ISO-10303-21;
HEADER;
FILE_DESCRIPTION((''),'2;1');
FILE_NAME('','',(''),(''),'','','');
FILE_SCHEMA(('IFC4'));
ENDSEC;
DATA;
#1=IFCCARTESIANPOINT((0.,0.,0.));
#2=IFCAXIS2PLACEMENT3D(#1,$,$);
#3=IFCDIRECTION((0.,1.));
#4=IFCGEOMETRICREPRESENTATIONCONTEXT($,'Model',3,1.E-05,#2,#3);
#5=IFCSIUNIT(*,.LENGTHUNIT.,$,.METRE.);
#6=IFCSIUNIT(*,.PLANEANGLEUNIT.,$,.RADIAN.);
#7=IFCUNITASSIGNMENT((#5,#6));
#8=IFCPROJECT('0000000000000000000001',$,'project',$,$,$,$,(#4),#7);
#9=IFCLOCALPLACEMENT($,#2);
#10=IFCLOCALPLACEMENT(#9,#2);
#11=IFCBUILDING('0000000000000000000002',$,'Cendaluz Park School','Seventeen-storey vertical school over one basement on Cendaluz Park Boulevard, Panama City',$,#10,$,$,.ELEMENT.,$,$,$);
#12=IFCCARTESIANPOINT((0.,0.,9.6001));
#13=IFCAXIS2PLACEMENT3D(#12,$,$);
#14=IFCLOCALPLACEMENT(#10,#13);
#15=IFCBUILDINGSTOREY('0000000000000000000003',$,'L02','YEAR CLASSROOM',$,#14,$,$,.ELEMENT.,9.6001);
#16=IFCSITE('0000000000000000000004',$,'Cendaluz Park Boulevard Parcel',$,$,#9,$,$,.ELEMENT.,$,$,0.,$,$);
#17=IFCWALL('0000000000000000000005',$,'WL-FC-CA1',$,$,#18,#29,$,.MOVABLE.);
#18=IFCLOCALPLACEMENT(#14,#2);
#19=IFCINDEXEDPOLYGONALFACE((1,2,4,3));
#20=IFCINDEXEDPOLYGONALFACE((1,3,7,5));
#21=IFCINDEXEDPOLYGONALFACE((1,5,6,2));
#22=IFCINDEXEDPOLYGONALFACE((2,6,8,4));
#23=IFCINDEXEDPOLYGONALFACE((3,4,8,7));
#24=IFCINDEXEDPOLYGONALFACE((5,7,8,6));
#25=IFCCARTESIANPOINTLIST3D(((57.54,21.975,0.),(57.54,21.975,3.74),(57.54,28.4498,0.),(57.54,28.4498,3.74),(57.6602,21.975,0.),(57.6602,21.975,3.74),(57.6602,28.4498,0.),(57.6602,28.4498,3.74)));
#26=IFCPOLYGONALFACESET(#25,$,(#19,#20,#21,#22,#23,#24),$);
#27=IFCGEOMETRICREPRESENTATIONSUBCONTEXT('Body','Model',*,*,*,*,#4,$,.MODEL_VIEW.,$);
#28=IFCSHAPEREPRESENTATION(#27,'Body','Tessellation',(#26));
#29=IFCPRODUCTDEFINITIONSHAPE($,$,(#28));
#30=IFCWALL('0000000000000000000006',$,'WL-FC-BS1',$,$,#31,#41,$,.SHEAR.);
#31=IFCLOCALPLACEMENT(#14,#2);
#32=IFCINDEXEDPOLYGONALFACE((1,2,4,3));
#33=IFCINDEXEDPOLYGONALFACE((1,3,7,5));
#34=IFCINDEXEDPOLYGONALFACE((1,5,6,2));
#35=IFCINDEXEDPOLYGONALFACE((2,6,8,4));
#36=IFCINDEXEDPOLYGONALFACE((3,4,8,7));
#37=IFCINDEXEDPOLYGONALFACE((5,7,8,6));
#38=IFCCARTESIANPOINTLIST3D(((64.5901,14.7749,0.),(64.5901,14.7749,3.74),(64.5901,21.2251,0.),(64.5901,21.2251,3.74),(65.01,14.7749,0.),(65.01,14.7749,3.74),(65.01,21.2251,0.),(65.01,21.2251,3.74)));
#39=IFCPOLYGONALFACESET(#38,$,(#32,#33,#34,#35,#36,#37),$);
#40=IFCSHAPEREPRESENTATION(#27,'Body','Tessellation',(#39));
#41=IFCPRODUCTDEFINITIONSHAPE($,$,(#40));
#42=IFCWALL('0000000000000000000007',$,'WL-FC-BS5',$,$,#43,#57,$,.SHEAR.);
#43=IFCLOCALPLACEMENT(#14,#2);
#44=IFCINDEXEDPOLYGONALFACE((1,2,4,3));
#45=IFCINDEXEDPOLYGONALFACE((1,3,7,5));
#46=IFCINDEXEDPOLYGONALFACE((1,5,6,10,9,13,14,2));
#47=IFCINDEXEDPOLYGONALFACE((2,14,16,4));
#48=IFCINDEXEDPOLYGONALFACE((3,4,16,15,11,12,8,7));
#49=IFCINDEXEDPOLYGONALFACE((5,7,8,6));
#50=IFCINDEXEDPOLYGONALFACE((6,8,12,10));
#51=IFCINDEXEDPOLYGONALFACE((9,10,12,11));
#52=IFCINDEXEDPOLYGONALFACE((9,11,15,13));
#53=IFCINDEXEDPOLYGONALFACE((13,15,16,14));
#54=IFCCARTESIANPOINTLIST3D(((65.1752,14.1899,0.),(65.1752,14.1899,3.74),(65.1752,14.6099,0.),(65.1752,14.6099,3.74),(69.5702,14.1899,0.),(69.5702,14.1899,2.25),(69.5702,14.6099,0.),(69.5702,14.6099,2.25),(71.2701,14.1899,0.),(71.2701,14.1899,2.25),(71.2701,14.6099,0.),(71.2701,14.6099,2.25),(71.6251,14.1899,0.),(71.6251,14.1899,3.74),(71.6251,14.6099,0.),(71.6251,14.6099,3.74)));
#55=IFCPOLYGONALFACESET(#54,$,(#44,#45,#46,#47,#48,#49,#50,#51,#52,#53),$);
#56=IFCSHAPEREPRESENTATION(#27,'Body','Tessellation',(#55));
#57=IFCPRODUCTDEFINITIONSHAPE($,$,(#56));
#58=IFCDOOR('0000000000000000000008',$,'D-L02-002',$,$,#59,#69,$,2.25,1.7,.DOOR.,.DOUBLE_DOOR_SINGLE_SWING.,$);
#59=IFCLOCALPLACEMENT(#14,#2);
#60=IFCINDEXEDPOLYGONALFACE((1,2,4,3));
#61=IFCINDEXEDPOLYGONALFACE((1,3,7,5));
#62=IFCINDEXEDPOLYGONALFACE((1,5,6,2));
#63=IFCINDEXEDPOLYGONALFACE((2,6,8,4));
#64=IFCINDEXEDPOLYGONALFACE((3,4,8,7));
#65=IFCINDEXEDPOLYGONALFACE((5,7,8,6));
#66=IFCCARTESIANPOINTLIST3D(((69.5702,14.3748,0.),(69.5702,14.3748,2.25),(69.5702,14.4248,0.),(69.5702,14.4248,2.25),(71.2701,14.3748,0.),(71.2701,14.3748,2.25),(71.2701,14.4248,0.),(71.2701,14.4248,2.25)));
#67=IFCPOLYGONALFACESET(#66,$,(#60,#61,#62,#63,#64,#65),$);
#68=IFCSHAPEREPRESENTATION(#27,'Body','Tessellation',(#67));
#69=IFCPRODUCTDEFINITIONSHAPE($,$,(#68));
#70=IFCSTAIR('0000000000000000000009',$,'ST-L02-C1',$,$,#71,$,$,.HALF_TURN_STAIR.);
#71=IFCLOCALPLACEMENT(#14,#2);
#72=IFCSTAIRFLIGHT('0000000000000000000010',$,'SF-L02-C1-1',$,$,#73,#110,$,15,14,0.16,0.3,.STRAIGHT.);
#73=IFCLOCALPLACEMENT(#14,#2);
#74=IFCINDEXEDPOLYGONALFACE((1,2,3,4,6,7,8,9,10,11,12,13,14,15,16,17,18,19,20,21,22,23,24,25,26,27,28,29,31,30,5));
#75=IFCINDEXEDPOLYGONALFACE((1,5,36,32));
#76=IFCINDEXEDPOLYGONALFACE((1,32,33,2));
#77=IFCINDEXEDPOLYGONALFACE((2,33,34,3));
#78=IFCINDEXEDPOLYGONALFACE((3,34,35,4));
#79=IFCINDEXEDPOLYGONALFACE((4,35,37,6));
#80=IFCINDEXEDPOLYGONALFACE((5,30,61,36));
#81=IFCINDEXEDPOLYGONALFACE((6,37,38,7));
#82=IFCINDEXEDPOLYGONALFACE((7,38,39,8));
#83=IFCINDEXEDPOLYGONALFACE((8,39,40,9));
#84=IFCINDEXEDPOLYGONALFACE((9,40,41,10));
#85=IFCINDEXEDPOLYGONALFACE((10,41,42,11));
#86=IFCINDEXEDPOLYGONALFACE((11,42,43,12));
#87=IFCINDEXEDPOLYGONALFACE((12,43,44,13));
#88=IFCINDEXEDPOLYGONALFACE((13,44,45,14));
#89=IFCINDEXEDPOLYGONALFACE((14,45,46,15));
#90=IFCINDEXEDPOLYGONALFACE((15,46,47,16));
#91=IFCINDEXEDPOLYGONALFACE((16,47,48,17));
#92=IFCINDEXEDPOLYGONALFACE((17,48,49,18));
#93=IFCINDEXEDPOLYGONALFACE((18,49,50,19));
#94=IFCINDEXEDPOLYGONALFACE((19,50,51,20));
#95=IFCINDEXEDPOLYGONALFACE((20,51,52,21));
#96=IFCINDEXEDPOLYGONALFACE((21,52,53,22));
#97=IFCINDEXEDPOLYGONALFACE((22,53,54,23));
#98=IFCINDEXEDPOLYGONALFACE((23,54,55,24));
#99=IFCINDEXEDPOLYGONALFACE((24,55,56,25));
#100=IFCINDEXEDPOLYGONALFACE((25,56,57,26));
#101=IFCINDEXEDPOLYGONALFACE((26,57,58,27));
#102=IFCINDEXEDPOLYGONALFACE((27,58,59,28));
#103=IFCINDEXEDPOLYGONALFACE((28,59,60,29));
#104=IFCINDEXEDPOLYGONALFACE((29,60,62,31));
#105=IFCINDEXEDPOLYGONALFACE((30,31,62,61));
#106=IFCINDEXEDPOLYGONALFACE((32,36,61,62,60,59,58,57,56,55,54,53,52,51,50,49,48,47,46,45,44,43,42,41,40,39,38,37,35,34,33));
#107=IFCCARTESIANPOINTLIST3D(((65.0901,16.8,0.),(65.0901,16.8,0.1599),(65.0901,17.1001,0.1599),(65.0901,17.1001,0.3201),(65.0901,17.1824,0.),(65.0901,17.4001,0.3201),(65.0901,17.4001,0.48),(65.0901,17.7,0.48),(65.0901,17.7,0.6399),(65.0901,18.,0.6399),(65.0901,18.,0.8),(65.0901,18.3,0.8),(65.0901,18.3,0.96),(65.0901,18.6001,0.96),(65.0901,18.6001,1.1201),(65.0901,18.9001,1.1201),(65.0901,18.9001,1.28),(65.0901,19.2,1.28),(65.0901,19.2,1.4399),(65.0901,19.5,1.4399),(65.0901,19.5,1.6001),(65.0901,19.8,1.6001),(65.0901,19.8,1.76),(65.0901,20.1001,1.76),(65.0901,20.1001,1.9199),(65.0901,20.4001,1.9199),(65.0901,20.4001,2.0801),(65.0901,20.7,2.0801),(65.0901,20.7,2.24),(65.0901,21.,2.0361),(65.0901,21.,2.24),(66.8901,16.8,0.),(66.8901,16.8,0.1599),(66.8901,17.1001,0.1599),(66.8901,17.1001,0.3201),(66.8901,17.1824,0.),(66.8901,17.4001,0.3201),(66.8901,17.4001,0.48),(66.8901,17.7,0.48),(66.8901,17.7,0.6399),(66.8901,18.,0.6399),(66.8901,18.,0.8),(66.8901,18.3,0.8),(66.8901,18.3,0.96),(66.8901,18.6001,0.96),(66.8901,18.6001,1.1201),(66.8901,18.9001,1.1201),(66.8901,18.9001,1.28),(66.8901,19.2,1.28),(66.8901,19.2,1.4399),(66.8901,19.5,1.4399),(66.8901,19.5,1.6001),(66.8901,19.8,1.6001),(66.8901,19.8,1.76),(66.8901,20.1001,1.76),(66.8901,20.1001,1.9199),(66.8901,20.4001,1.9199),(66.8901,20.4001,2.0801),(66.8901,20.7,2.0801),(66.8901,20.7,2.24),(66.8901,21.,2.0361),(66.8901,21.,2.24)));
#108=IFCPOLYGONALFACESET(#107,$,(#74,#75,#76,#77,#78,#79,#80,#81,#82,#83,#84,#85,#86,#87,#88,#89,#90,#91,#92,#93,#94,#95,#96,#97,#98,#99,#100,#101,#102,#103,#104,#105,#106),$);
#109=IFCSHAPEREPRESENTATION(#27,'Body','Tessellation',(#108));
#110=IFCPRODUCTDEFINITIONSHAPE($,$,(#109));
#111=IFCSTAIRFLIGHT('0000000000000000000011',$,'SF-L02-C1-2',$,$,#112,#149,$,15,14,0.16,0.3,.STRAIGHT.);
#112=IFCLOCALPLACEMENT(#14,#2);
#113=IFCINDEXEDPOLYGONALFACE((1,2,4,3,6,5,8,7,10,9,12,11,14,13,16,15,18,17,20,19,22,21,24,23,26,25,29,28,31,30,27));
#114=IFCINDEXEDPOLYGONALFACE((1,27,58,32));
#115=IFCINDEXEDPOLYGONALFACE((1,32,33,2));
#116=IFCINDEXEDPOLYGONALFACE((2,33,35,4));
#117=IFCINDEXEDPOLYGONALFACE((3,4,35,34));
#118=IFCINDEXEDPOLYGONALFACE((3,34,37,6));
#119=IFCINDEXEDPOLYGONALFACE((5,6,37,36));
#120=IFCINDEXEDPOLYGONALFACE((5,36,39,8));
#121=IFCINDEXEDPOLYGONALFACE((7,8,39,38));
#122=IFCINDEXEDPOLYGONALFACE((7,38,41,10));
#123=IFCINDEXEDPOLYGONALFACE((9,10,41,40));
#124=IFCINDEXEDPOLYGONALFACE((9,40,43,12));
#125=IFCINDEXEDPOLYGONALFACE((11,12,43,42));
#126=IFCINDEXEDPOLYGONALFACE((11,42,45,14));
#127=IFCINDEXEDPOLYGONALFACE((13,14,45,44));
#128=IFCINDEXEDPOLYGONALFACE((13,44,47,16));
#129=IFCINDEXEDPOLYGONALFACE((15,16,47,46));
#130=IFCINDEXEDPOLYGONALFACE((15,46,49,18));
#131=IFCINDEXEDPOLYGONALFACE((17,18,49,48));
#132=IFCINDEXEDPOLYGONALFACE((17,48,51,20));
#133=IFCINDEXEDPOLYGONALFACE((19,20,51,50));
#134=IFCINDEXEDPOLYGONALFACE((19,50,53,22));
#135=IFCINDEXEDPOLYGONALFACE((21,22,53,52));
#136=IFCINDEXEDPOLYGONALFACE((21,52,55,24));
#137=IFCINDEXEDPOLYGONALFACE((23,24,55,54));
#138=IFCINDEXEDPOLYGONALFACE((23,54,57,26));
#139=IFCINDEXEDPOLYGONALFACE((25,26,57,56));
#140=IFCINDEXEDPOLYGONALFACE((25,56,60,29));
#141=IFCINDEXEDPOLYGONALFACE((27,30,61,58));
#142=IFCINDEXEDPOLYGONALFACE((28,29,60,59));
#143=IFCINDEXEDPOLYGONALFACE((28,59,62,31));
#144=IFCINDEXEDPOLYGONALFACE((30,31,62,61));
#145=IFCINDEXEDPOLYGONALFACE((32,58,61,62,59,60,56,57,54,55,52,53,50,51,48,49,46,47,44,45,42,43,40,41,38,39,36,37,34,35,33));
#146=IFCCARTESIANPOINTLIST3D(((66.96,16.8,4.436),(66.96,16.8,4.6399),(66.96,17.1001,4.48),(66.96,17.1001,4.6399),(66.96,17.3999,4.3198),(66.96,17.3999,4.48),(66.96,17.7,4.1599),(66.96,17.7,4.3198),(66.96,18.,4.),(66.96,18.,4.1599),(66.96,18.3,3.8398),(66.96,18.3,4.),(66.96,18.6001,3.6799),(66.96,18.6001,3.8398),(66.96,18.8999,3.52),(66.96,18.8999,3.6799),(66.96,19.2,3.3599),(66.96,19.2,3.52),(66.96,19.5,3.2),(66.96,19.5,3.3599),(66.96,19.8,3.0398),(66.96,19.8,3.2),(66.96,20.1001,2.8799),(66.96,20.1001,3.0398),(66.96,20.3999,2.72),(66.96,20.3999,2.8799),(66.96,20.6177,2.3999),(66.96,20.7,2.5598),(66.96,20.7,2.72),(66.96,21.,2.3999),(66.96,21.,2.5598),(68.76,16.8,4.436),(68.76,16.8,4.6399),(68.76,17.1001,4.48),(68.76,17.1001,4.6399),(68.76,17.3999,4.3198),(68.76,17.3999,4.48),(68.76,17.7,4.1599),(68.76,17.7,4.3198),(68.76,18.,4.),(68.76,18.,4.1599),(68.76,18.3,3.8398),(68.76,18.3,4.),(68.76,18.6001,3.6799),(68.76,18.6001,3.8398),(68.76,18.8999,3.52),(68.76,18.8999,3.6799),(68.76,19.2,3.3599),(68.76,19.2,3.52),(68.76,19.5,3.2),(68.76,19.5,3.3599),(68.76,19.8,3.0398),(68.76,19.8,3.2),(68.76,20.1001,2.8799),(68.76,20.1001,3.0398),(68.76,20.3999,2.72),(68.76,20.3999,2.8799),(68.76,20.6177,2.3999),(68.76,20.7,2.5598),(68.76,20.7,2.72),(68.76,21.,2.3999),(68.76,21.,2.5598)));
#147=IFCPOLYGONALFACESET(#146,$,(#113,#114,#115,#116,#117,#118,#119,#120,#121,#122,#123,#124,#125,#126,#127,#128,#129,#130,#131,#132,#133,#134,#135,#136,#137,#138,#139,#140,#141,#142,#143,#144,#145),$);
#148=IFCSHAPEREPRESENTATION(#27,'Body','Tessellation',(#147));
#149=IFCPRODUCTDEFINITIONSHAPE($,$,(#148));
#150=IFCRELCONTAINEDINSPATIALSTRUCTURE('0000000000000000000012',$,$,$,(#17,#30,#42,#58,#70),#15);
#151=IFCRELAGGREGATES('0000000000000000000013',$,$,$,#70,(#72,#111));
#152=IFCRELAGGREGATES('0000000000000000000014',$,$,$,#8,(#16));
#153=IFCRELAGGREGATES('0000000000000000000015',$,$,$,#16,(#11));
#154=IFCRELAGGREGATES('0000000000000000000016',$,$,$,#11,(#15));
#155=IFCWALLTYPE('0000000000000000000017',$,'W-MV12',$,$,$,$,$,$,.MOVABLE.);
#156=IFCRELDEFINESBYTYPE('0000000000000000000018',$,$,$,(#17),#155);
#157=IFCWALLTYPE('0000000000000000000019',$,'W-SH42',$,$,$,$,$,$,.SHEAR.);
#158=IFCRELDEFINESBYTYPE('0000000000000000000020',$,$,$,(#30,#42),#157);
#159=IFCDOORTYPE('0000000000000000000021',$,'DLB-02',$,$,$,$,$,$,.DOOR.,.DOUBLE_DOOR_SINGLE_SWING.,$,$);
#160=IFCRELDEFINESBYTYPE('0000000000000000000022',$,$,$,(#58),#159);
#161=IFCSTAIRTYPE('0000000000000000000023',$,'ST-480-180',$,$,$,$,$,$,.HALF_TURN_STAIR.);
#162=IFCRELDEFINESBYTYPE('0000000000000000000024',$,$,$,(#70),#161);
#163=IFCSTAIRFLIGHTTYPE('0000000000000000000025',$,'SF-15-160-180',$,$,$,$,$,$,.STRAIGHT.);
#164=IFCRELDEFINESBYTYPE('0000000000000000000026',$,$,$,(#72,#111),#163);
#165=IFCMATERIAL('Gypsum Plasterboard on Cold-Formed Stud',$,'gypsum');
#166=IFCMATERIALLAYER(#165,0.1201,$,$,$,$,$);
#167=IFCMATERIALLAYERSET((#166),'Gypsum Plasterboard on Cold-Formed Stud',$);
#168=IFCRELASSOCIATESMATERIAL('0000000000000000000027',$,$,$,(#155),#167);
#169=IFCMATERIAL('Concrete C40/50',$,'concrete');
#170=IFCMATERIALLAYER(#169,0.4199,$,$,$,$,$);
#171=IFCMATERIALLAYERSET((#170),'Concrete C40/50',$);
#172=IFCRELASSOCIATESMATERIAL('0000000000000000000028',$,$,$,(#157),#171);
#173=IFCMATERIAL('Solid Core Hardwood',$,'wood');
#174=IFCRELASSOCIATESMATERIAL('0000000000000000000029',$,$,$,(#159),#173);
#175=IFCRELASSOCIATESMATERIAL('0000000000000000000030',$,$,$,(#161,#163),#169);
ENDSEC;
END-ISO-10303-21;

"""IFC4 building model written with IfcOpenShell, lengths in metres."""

from ifc_helpers import new_model, si_unit, direction, frame, frame_2d, origin, place, context, subcontext, project, spatial, polyline, rectangle, outline, extrude, material, layer, layer_set, type_object, element, fill, aggregate, save


model = new_model("IFC4")

# Units and contexts
model_context = context("Model", 3, precision=1e-05, world=origin(), true_north=direction((0.0, 1.0)))
body_context = subcontext(model_context, "Body", "Model", "MODEL_VIEW")
ifc_project = project(units=[si_unit("LENGTHUNIT", "METRE"), si_unit("PLANEANGLEUNIT", "RADIAN")], contexts=[model_context])

# Site, building, storey
site_placement = place(None, origin())
site = spatial("IfcSite", under=ifc_project, at=site_placement, Name="Cendaluz Park Boulevard Parcel", CompositionType="ELEMENT", RefElevation=0.0)
building_placement = place(site_placement, origin())
building = spatial("IfcBuilding", under=site, at=building_placement, Name="Cendaluz Park School", Description="Seventeen-storey vertical school over one basement on Cendaluz Park Boulevard, Panama City", CompositionType="ELEMENT")
storey_placement = place(building_placement, frame((0.0, 0.0, 9.6001)))
storey = spatial("IfcBuildingStorey", under=building, at=storey_placement, Name="L02", Description="YEAR CLASSROOM", CompositionType="ELEMENT", Elevation=9.6001)

# Shared definitions
ifc_material_1 = material(Name="Concrete C40/50", Category="concrete")

# Shared definitions
ifc_material_2 = material(Name="Gypsum Plasterboard on Cold-Formed Stud", Category="gypsum")
ifc_material_3 = material(Name="Solid Core Hardwood", Category="wood")

# Walls
ifc_layer_1 = layer(ifc_material_2, 0.1201)
ifc_layer_set_1 = layer_set([ifc_layer_1], Name="Gypsum Plasterboard on Cold-Formed Stud")
wall_type_1 = type_object("IfcWallType", Name="W-MV12", PredefinedType="MOVABLE", material=ifc_layer_set_1)
wall_1_placement = place(storey_placement, frame((57.6001, 21.9751, 0.0), z_axis=(0.0, 0.0, 1.0), x_axis=(0.0, 1.0, 0.0)))
element("IfcWall", 1, at=wall_1_placement, inside=storey, type_object=wall_type_1, Name="WL-FC-CA1", PredefinedType="MOVABLE", context=body_context, shape_type="SweptSolid", body=[
    extrude(rectangle(XDim=6.4749, YDim=0.1201, at=frame_2d((3.2373, 0.0))), origin(), (0.0, 0.0, 1.0), 3.74),
])
ifc_layer_2 = layer(ifc_material_1, 0.4199)
ifc_layer_set_2 = layer_set([ifc_layer_2], Name="Concrete C40/50")
wall_type_2 = type_object("IfcWallType", Name="W-SH42", PredefinedType="SHEAR", material=ifc_layer_set_2)
wall_2_placement = place(storey_placement, frame((64.8, 14.7749, 0.0), z_axis=(0.0, 0.0, 1.0), x_axis=(0.0, 1.0, 0.0)))
element("IfcWall", 2, at=wall_2_placement, inside=storey, type_object=wall_type_2, Name="WL-FC-BS1", PredefinedType="SHEAR", context=body_context, shape_type="SweptSolid", body=[
    extrude(rectangle(XDim=6.4502, YDim=0.4199, at=frame_2d((3.2251, 0.0))), origin(), (0.0, 0.0, 1.0), 3.74),
])

# Wall, opening, door
wall_3_placement = place(storey_placement, frame((65.175, 14.3999, 0.0), z_axis=(0.0, 0.0, 1.0), x_axis=(1.0, 0.0, 0.0)))
wall_3 = element("IfcWall", 3, at=wall_3_placement, inside=storey, type_object=wall_type_2, Name="WL-FC-BS5", PredefinedType="SHEAR", context=body_context, shape_type="SweptSolid", body=[
    extrude(rectangle(XDim=6.45, YDim=0.4199, at=frame_2d((3.2251, 0.0))), origin(), (0.0, 0.0, 1.0), 3.74),
])
opening_1_placement = place(wall_3_placement, frame((4.395, 0.0, 0.0)))
opening_1 = element("IfcOpeningElement", 4, at=opening_1_placement, cuts=wall_3, PredefinedType="OPENING", context=body_context, shape_type="SweptSolid", body=[
    extrude(rectangle(XDim=1.7, YDim=2.25, at=frame_2d((0.8501, 1.125))), frame((0.0, 0.2219, 0.0), z_axis=(0.0, -1.0, 0.0), x_axis=(1.0, 0.0, 0.0)), (0.0, 0.0, 1.0), 0.4438),
])
door_type_1 = type_object("IfcDoorType", Name="DLB-02", OperationType="DOUBLE_DOOR_SINGLE_SWING", PredefinedType="DOOR", material=ifc_material_3)
door_1_placement = place(opening_1_placement, origin())
door_1 = element("IfcDoor", 5, at=door_1_placement, inside=storey, type_object=door_type_1, Name="D-L02-002", OperationType="DOUBLE_DOOR_SINGLE_SWING", OverallHeight=2.25, OverallWidth=1.7, PredefinedType="DOOR", context=body_context, shape_type="SweptSolid", body=[
    extrude(rectangle(XDim=1.7, YDim=2.25, at=frame_2d((0.8501, 1.125))), frame((0.0, 0.0249, 0.0), z_axis=(0.0, -1.0, 0.0), x_axis=(1.0, 0.0, 0.0)), (0.0, 0.0, 1.0), 0.05),
])
fill(opening_1, door_1)

# Stair, stair flights
stair_type = type_object("IfcStairType", Name="ST-480-180", PredefinedType="HALF_TURN_STAIR", material=ifc_material_1)
stair_placement = place(storey_placement, origin())
stair = element("IfcStair", 6, at=stair_placement, inside=storey, type_object=stair_type, Name="ST-L02-C1", PredefinedType="HALF_TURN_STAIR")
stair_flight_type = type_object("IfcStairFlightType", Name="SF-15-160-180", PredefinedType="STRAIGHT", material=ifc_material_1)
stair_flight_1_placement = place(storey_placement, frame((65.99, 16.8, 0.0), z_axis=(0.0, 0.0, 1.0), x_axis=(0.0, 1.0, 0.0)))
stair_flight_1 = element("IfcStairFlight", 7, at=stair_flight_1_placement, type_object=stair_flight_type, Name="SF-L02-C1-1", NumberOfRisers=15, NumberOfTreads=14, PredefinedType="STRAIGHT", RiserHeight=0.16, TreadLength=0.3, context=body_context, shape_type="SweptSolid", body=[
    extrude(outline(polyline([(0.0, 0.0), (0.0, 0.1599), (0.3, 0.1599), (0.3, 0.3201), (0.6001, 0.3201), (0.6001, 0.48), (0.8999, 0.48), (0.8999, 0.6399), (1.2, 0.6399), (1.2, 0.8), (1.5, 0.8), (1.5, 0.96), (1.8, 0.96), (1.8, 1.1201), (2.1001, 1.1201), (2.1001, 1.28), (2.3999, 1.28), (2.3999, 1.4399), (2.7, 1.4399), (2.7, 1.6001), (3.0, 1.6001), (3.0, 1.76), (3.3, 1.76), (3.3, 1.9199), (3.6001, 1.9199), (3.6001, 2.0801), (3.8999, 2.0801), (3.8999, 2.24), (4.2, 2.24), (4.2, 2.3999), (4.2, 2.0361), (0.3823, 0.0), (0.0, 0.0)])), frame((0.0, 0.8999, 0.0), z_axis=(0.0, -1.0, 0.0), x_axis=(1.0, 0.0, 0.0)), (0.0, 0.0, 1.0), 1.8),
])
stair_flight_2_placement = place(storey_placement, frame((67.8601, 21.0, 2.3999), z_axis=(0.0, 0.0, 1.0), x_axis=(0.0, -1.0, 0.0)))
stair_flight_2 = element("IfcStairFlight", 8, at=stair_flight_2_placement, type_object=stair_flight_type, Name="SF-L02-C1-2", NumberOfRisers=15, NumberOfTreads=14, PredefinedType="STRAIGHT", RiserHeight=0.16, TreadLength=0.3, context=body_context, shape_type="SweptSolid", body=[
    extrude(outline(polyline([(0.0, 0.0), (0.0, 0.1599), (0.3, 0.1599), (0.3, 0.3201), (0.6001, 0.3201), (0.6001, 0.48), (0.8999, 0.48), (0.8999, 0.6399), (1.2, 0.6399), (1.2, 0.8), (1.5, 0.8), (1.5, 0.96), (1.8, 0.96), (1.8, 1.1201), (2.1001, 1.1201), (2.1001, 1.28), (2.3999, 1.28), (2.3999, 1.4399), (2.7, 1.4399), (2.7, 1.6001), (3.0, 1.6001), (3.0, 1.76), (3.3, 1.76), (3.3, 1.9199), (3.6001, 1.9199), (3.6001, 2.0801), (3.8999, 2.0801), (3.8999, 2.24), (4.2, 2.24), (4.2, 2.3999), (4.2, 2.0361), (0.3823, 0.0), (0.0, 0.0)])), frame((0.0, 0.8999, 0.0), z_axis=(0.0, -1.0, 0.0), x_axis=(1.0, 0.0, 0.0)), (0.0, 0.0, 1.0), 1.8),
])
aggregate(stair, [stair_flight_1, stair_flight_2])

save(model, "model.ifc")
